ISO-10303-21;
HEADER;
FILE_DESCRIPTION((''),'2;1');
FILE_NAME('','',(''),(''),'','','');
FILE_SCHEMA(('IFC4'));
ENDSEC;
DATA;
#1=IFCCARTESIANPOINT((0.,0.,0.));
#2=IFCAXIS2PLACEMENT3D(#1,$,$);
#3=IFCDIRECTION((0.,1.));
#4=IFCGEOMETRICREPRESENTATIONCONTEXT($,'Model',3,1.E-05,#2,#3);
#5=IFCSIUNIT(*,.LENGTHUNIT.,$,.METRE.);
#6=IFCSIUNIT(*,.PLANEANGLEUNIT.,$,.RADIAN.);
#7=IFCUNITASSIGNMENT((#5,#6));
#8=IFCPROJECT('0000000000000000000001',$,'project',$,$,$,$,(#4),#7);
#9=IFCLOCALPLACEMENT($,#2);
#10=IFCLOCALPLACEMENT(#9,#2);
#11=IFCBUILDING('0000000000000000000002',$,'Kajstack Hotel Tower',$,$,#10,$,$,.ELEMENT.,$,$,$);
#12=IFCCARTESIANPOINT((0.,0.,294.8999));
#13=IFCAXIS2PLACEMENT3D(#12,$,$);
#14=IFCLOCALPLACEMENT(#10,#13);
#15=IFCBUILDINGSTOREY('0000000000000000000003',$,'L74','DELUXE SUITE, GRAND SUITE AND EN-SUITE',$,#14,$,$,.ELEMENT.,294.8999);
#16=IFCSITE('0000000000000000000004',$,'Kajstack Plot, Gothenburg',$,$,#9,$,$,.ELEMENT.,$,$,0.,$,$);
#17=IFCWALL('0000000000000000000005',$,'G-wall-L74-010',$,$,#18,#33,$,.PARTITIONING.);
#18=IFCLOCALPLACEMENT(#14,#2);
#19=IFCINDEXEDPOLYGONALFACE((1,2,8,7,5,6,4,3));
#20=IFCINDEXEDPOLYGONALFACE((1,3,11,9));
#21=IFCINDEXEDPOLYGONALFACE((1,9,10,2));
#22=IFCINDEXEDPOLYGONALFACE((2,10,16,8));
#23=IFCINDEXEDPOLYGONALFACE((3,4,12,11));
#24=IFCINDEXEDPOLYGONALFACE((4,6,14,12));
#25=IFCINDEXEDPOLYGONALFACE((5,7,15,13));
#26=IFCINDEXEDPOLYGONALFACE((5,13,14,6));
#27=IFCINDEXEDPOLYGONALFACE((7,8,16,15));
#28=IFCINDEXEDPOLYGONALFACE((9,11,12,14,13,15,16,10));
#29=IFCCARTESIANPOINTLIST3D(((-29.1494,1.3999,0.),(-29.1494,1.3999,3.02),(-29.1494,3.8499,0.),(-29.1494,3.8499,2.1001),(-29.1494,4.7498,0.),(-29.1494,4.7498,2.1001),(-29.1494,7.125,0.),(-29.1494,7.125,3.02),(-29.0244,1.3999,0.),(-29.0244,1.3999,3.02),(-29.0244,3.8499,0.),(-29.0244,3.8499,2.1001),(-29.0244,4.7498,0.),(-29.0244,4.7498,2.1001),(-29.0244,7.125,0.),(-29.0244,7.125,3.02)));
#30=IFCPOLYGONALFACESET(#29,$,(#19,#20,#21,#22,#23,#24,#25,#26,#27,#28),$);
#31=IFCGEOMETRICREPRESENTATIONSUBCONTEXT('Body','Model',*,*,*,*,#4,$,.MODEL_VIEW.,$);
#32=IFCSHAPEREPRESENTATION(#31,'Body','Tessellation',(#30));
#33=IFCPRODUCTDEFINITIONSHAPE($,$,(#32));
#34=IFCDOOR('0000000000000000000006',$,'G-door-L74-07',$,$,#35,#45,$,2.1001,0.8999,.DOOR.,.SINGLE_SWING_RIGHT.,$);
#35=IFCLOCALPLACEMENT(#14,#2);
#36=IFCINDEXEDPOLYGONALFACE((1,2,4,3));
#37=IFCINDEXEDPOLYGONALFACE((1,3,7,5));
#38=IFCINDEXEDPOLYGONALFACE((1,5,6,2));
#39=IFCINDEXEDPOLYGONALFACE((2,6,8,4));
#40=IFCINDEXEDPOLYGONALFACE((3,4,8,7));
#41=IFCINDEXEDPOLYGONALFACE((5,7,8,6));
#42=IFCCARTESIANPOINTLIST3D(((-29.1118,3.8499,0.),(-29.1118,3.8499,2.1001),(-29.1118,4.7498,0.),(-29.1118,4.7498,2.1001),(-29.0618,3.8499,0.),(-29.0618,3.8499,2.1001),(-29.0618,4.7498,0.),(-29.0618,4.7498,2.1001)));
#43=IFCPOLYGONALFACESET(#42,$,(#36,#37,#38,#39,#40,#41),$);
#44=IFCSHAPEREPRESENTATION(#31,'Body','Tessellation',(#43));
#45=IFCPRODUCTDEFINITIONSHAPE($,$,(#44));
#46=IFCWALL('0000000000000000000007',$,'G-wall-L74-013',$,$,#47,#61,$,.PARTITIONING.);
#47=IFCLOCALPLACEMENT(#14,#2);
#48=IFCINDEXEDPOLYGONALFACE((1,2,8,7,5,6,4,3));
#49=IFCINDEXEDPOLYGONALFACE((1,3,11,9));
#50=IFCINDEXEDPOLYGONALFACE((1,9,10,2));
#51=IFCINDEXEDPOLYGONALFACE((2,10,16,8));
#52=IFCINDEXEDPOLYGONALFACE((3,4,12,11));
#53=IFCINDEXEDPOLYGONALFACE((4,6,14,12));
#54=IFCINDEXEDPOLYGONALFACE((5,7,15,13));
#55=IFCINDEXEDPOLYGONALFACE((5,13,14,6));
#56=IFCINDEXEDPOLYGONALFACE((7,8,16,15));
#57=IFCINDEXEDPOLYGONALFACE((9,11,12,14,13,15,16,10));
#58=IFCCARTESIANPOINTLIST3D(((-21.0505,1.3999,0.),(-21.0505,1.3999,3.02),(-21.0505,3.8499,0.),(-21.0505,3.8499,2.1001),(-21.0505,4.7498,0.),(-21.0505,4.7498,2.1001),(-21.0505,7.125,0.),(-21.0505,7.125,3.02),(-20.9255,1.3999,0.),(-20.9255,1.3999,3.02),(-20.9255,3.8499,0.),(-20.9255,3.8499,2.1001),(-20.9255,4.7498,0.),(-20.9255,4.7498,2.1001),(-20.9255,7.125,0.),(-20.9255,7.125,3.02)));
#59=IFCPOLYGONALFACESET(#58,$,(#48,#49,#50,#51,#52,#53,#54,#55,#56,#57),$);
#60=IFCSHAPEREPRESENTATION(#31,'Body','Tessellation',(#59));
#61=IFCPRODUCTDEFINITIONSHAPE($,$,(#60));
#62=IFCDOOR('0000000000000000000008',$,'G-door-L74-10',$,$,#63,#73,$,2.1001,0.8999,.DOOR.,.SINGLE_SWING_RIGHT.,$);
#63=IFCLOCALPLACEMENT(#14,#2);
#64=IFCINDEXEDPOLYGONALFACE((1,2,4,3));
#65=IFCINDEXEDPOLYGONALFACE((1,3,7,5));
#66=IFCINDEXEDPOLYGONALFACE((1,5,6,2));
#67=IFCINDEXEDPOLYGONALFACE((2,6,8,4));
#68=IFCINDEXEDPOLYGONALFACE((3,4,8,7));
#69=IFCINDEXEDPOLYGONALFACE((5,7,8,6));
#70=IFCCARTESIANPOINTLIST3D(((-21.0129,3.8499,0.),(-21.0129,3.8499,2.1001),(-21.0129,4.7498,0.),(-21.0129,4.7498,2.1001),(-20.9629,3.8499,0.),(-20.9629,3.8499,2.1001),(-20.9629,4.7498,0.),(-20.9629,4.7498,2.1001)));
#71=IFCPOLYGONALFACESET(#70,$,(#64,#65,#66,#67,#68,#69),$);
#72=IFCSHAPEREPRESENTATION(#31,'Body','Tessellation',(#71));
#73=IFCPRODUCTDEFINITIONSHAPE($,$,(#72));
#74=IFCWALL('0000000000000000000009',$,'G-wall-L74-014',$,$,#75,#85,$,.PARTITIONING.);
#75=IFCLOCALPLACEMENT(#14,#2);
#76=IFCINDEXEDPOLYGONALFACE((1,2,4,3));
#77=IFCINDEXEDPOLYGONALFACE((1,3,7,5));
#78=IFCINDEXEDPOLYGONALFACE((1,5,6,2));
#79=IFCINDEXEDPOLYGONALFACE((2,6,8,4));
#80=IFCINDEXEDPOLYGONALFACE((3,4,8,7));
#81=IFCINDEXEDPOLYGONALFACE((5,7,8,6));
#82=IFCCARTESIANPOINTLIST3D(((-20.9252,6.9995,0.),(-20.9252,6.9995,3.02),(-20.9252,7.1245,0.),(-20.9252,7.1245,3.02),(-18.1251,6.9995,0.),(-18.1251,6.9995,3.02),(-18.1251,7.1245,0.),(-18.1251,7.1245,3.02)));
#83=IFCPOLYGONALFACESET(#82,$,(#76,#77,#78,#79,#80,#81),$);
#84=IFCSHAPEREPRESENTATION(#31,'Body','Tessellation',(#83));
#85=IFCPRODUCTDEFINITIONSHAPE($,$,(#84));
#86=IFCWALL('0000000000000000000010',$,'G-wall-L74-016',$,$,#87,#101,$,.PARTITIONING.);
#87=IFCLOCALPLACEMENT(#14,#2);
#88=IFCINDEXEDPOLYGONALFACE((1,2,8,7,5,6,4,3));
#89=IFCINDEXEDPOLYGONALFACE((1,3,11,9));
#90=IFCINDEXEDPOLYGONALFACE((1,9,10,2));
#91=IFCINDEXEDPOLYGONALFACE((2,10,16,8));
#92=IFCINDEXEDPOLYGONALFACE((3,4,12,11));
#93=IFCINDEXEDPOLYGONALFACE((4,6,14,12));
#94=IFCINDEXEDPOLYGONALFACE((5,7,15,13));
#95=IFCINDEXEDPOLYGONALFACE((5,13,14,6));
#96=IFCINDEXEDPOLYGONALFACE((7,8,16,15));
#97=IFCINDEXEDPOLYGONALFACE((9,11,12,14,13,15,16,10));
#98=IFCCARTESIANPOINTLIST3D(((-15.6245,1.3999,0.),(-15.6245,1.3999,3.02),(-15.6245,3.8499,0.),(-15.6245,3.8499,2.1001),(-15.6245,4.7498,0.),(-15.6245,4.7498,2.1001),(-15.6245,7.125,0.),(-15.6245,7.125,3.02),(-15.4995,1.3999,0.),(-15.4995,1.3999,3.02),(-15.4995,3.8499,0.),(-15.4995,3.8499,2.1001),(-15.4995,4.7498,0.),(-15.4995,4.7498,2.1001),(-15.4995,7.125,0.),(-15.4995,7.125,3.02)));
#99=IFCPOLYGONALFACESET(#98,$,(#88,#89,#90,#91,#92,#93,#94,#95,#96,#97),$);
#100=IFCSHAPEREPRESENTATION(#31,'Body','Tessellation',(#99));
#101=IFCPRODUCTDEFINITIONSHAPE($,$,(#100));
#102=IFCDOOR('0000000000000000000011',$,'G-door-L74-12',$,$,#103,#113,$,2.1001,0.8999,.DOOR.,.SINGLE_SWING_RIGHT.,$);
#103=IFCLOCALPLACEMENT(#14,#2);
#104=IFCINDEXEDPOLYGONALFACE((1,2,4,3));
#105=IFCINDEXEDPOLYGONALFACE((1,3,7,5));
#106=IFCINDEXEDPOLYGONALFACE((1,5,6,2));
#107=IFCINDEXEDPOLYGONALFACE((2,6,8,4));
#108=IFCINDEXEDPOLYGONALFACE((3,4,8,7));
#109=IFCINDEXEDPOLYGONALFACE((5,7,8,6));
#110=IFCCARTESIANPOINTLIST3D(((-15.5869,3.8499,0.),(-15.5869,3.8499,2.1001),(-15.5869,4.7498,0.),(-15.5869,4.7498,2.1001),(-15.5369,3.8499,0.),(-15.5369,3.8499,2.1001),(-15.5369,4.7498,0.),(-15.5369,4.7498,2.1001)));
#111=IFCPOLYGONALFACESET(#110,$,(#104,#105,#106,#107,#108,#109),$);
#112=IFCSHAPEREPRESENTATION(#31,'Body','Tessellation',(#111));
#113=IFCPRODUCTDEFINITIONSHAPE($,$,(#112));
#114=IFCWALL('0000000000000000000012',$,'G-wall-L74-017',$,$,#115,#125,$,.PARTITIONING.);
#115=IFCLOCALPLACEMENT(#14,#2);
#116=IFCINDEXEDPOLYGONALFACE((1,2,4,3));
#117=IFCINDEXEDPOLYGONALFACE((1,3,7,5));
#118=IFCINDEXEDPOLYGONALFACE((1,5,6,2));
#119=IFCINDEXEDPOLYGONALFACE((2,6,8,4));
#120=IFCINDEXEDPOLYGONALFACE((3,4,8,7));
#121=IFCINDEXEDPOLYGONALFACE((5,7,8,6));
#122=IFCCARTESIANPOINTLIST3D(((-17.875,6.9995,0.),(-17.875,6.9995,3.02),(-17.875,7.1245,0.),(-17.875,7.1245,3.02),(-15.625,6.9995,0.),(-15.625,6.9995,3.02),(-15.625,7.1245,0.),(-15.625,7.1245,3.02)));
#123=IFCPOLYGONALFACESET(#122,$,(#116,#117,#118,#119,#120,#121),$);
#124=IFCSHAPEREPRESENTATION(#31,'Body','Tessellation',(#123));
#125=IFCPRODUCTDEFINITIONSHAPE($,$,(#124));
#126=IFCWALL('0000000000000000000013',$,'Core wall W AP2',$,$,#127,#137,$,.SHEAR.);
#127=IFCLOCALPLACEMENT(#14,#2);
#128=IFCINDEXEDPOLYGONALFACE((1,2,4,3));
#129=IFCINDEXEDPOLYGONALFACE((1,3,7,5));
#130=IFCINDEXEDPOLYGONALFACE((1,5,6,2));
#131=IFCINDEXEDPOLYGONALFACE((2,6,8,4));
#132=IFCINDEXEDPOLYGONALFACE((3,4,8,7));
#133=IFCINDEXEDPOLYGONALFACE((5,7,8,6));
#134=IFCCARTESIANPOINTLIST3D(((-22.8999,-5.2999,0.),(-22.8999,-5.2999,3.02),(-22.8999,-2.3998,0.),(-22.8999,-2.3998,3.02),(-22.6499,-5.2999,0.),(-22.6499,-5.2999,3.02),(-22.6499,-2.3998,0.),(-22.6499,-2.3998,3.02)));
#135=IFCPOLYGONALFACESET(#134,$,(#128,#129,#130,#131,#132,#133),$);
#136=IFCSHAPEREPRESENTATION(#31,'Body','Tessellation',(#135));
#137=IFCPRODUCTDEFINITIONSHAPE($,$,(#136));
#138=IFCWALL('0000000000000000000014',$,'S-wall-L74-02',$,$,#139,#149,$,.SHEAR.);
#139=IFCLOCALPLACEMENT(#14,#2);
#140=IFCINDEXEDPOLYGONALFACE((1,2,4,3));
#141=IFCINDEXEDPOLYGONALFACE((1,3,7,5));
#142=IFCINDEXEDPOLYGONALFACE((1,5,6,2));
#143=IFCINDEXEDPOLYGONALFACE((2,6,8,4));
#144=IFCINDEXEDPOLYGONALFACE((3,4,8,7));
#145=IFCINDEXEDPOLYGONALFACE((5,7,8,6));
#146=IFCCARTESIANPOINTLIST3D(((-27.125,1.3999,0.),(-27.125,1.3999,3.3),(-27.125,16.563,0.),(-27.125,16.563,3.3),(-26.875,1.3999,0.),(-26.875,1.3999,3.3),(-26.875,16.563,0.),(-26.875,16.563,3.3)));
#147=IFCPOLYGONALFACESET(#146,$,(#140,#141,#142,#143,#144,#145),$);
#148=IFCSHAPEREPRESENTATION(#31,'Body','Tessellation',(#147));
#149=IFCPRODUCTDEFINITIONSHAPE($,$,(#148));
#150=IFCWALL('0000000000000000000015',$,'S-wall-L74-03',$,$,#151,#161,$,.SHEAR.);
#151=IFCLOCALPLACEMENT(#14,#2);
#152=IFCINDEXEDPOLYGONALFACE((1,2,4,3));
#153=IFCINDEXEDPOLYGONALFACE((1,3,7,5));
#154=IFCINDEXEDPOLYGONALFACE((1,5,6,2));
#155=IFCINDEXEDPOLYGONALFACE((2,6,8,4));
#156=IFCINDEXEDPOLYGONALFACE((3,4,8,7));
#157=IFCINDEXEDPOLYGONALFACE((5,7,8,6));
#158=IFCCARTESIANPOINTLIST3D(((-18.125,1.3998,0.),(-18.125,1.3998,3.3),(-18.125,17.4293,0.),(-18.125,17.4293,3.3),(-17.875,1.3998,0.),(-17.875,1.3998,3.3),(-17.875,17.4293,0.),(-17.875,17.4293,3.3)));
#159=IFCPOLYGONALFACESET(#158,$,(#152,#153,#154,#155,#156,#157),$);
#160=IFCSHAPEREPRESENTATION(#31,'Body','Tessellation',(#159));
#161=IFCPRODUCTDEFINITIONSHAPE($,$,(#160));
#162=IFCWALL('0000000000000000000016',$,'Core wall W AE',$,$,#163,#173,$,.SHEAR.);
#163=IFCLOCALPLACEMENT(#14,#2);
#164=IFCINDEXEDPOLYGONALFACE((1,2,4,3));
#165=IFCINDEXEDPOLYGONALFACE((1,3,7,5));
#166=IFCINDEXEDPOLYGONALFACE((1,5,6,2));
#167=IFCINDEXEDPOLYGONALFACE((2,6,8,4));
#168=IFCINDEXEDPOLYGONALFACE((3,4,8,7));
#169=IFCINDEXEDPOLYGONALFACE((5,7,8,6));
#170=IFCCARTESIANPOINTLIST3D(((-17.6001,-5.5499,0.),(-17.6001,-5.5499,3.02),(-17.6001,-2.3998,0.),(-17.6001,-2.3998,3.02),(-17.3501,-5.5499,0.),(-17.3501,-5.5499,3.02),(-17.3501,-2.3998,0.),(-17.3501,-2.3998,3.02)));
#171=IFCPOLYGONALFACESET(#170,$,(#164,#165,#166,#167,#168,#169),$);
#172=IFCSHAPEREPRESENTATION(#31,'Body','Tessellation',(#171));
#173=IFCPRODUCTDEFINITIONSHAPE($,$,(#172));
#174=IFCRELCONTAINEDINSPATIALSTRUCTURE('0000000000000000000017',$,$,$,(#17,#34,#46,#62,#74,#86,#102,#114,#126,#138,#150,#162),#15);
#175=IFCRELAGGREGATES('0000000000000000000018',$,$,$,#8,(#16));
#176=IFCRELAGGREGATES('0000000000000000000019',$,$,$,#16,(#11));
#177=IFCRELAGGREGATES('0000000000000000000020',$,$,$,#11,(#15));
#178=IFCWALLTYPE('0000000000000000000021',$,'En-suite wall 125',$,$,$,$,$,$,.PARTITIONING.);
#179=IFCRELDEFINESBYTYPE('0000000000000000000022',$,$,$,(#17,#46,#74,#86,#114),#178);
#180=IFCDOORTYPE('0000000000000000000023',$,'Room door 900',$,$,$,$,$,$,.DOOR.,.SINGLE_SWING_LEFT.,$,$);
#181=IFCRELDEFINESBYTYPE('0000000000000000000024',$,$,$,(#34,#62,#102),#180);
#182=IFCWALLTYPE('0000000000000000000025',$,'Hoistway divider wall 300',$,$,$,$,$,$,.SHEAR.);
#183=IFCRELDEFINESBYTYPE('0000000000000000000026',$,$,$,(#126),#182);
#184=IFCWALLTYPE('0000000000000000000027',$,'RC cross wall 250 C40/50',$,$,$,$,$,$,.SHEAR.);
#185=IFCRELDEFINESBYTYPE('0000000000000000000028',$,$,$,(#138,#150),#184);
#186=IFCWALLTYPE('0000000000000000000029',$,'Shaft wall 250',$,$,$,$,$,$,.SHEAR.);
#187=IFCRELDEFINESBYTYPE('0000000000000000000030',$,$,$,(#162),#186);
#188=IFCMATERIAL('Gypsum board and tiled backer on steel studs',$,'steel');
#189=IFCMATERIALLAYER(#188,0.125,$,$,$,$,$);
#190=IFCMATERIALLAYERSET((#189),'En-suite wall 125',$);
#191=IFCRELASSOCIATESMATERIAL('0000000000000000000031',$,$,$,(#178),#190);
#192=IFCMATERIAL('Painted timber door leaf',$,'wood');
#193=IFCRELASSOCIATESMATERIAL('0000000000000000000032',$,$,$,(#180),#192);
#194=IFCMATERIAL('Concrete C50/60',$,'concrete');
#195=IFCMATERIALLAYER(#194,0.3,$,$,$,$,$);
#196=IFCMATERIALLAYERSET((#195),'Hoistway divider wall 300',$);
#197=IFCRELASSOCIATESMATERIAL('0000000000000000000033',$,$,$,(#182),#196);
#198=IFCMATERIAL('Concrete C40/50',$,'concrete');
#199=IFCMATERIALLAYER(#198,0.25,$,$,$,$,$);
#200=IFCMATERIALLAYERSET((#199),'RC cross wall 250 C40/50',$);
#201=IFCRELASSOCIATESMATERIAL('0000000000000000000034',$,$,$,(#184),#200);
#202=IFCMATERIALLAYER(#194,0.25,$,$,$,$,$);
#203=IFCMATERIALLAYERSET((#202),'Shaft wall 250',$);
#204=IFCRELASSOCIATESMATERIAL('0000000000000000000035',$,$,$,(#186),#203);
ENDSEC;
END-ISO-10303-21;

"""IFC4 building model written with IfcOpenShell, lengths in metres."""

from ifc_helpers import new_model, si_unit, direction, frame, frame_2d, origin, place, context, subcontext, project, spatial, rectangle, extrude, material, layer, layer_set, type_object, element, fill, save


model = new_model("IFC4")

# Units and contexts
model_context = context("Model", 3, precision=1e-05, world=origin(), true_north=direction((0.0, 1.0)))
body_context = subcontext(model_context, "Body", "Model", "MODEL_VIEW")
ifc_project = project(units=[si_unit("LENGTHUNIT", "METRE"), si_unit("PLANEANGLEUNIT", "RADIAN")], contexts=[model_context])

# Site, building, storey
site_placement = place(None, origin())
site = spatial("IfcSite", under=ifc_project, at=site_placement, Name="Kajstack Plot, Gothenburg", CompositionType="ELEMENT", RefElevation=0.0)
building_placement = place(site_placement, origin())
building = spatial("IfcBuilding", under=site, at=building_placement, Name="Kajstack Hotel Tower", CompositionType="ELEMENT")
storey_placement = place(building_placement, frame((0.0, 0.0, 294.8999)))
storey = spatial("IfcBuildingStorey", under=building, at=storey_placement, Name="L74", Description="DELUXE SUITE, GRAND SUITE AND EN-SUITE", CompositionType="ELEMENT", Elevation=294.8999)

# Walls, openings, doors
ifc_material_1 = material(Name="Gypsum board and tiled backer on steel studs", Category="steel")
ifc_layer_1 = layer(ifc_material_1, 0.125)
ifc_layer_set_1 = layer_set([ifc_layer_1], Name="En-suite wall 125")
wall_type_1 = type_object("IfcWallType", Name="En-suite wall 125", PredefinedType="PARTITIONING", material=ifc_layer_set_1)
wall_1_placement = place(storey_placement, frame((-29.0869, 1.3999, 0.0), z_axis=(0.0, 0.0, 1.0), x_axis=(0.0, 1.0, 0.0)))
wall_1 = element("IfcWall", 1, at=wall_1_placement, inside=storey, type_object=wall_type_1, Name="G-wall-L74-010", PredefinedType="PARTITIONING", context=body_context, shape_type="SweptSolid", body=[
    extrude(rectangle(XDim=5.7251, YDim=0.125, at=frame_2d((2.8625, 0.0))), origin(), (0.0, 0.0, 1.0), 3.02),
])
opening_1_placement = place(wall_1_placement, frame((2.45, 0.0, 0.0)))
opening_1 = element("IfcOpeningElement", 2, at=opening_1_placement, cuts=wall_1, PredefinedType="OPENING", context=body_context, shape_type="SweptSolid", body=[
    extrude(rectangle(XDim=0.8999, YDim=2.1001, at=frame_2d((0.45, 1.05))), frame((0.0, 0.0725, 0.0), z_axis=(0.0, -1.0, 0.0), x_axis=(1.0, 0.0, 0.0)), (0.0, 0.0, 1.0), 0.145),
])
ifc_material_2 = material(Name="Painted timber door leaf", Category="wood")
door_type = type_object("IfcDoorType", Name="Room door 900", OperationType="SINGLE_SWING_LEFT", PredefinedType="DOOR", material=ifc_material_2)
door_1_placement = place(opening_1_placement, origin())
door_1 = element("IfcDoor", 3, at=door_1_placement, inside=storey, type_object=door_type, Name="G-door-L74-07", OperationType="SINGLE_SWING_RIGHT", OverallHeight=2.1001, OverallWidth=0.8999, PredefinedType="DOOR", context=body_context, shape_type="SweptSolid", body=[
    extrude(rectangle(XDim=0.8999, YDim=2.1001, at=frame_2d((0.45, 1.05))), frame((0.0, 0.0249, 0.0), z_axis=(0.0, -1.0, 0.0), x_axis=(1.0, 0.0, 0.0)), (0.0, 0.0, 1.0), 0.05),
])
fill(opening_1, door_1)
wall_2_placement = place(storey_placement, frame((-20.988, 1.3999, 0.0), z_axis=(0.0, 0.0, 1.0), x_axis=(0.0, 1.0, 0.0)))
wall_2 = element("IfcWall", 4, at=wall_2_placement, inside=storey, type_object=wall_type_1, Name="G-wall-L74-013", PredefinedType="PARTITIONING", context=body_context, shape_type="SweptSolid", body=[
    extrude(rectangle(XDim=5.7251, YDim=0.125, at=frame_2d((2.8625, 0.0))), origin(), (0.0, 0.0, 1.0), 3.02),
])
opening_2_placement = place(wall_2_placement, frame((2.45, 0.0, 0.0)))
opening_2 = element("IfcOpeningElement", 5, at=opening_2_placement, cuts=wall_2, PredefinedType="OPENING", context=body_context, shape_type="SweptSolid", body=[
    extrude(rectangle(XDim=0.8999, YDim=2.1001, at=frame_2d((0.45, 1.05))), frame((0.0, 0.0725, 0.0), z_axis=(0.0, -1.0, 0.0), x_axis=(1.0, 0.0, 0.0)), (0.0, 0.0, 1.0), 0.145),
])
door_2_placement = place(opening_2_placement, origin())
door_2 = element("IfcDoor", 6, at=door_2_placement, inside=storey, type_object=door_type, Name="G-door-L74-10", OperationType="SINGLE_SWING_RIGHT", OverallHeight=2.1001, OverallWidth=0.8999, PredefinedType="DOOR", context=body_context, shape_type="SweptSolid", body=[
    extrude(rectangle(XDim=0.8999, YDim=2.1001, at=frame_2d((0.45, 1.05))), frame((0.0, 0.0249, 0.0), z_axis=(0.0, -1.0, 0.0), x_axis=(1.0, 0.0, 0.0)), (0.0, 0.0, 1.0), 0.05),
])
fill(opening_2, door_2)

# Wall
wall_3_placement = place(storey_placement, frame((-20.925, 7.062, 0.0), z_axis=(0.0, 0.0, 1.0), x_axis=(1.0, 0.0, 0.0)))
element("IfcWall", 7, at=wall_3_placement, inside=storey, type_object=wall_type_1, Name="G-wall-L74-014", PredefinedType="PARTITIONING", context=body_context, shape_type="SweptSolid", body=[
    extrude(rectangle(XDim=2.8, YDim=0.125, at=frame_2d((1.3999, 0.0))), origin(), (0.0, 0.0, 1.0), 3.02),
])

# Wall, opening, door
wall_4_placement = place(storey_placement, frame((-15.562, 1.3999, 0.0), z_axis=(0.0, 0.0, 1.0), x_axis=(0.0, 1.0, 0.0)))
wall_4 = element("IfcWall", 8, at=wall_4_placement, inside=storey, type_object=wall_type_1, Name="G-wall-L74-016", PredefinedType="PARTITIONING", context=body_context, shape_type="SweptSolid", body=[
    extrude(rectangle(XDim=5.7251, YDim=0.125, at=frame_2d((2.8625, 0.0))), origin(), (0.0, 0.0, 1.0), 3.02),
])
opening_3_placement = place(wall_4_placement, frame((2.45, 0.0, 0.0)))
opening_3 = element("IfcOpeningElement", 9, at=opening_3_placement, cuts=wall_4, PredefinedType="OPENING", context=body_context, shape_type="SweptSolid", body=[
    extrude(rectangle(XDim=0.8999, YDim=2.1001, at=frame_2d((0.45, 1.05))), frame((0.0, 0.0725, 0.0), z_axis=(0.0, -1.0, 0.0), x_axis=(1.0, 0.0, 0.0)), (0.0, 0.0, 1.0), 0.145),
])
door_3_placement = place(opening_3_placement, origin())
door_3 = element("IfcDoor", 10, at=door_3_placement, inside=storey, type_object=door_type, Name="G-door-L74-12", OperationType="SINGLE_SWING_RIGHT", OverallHeight=2.1001, OverallWidth=0.8999, PredefinedType="DOOR", context=body_context, shape_type="SweptSolid", body=[
    extrude(rectangle(XDim=0.8999, YDim=2.1001, at=frame_2d((0.45, 1.05))), frame((0.0, 0.0249, 0.0), z_axis=(0.0, -1.0, 0.0), x_axis=(1.0, 0.0, 0.0)), (0.0, 0.0, 1.0), 0.05),
])
fill(opening_3, door_3)

# Walls
wall_5_placement = place(storey_placement, frame((-17.875, 7.062, 0.0), z_axis=(0.0, 0.0, 1.0), x_axis=(1.0, 0.0, 0.0)))
element("IfcWall", 11, at=wall_5_placement, inside=storey, type_object=wall_type_1, Name="G-wall-L74-017", PredefinedType="PARTITIONING", context=body_context, shape_type="SweptSolid", body=[
    extrude(rectangle(XDim=2.25, YDim=0.125, at=frame_2d((1.125, 0.0))), origin(), (0.0, 0.0, 1.0), 3.02),
])
ifc_material_3 = material(Name="Concrete C50/60", Category="concrete")
ifc_layer_2 = layer(ifc_material_3, 0.3)
ifc_layer_set_2 = layer_set([ifc_layer_2], Name="Hoistway divider wall 300")
wall_type_2 = type_object("IfcWallType", Name="Hoistway divider wall 300", PredefinedType="SHEAR", material=ifc_layer_set_2)
wall_6_placement = place(storey_placement, frame((-22.7749, -5.3, 0.0), z_axis=(0.0, 0.0, 1.0), x_axis=(0.0, 1.0, 0.0)))
element("IfcWall", 12, at=wall_6_placement, inside=storey, type_object=wall_type_2, Name="Core wall W AP2", PredefinedType="SHEAR", context=body_context, shape_type="SweptSolid", body=[
    extrude(rectangle(XDim=2.9001, YDim=0.25, at=frame_2d((1.4502, 0.0))), origin(), (0.0, 0.0, 1.0), 3.02),
])
ifc_material_4 = material(Name="Concrete C40/50", Category="concrete")
ifc_layer_3 = layer(ifc_material_4, 0.25)
ifc_layer_set_3 = layer_set([ifc_layer_3], Name="RC cross wall 250 C40/50")
wall_type_3 = type_object("IfcWallType", Name="RC cross wall 250 C40/50", PredefinedType="SHEAR", material=ifc_layer_set_3)
wall_7_placement = place(storey_placement, frame((-27.0, 1.3999, 0.0), z_axis=(0.0, 0.0, 1.0), x_axis=(0.0, 1.0, 0.0)))
element("IfcWall", 13, at=wall_7_placement, inside=storey, type_object=wall_type_3, Name="S-wall-L74-02", PredefinedType="SHEAR", context=body_context, shape_type="SweptSolid", body=[
    extrude(rectangle(XDim=15.1631, YDim=0.25, at=frame_2d((7.5815, 0.0))), origin(), (0.0, 0.0, 1.0), 3.3),
])
wall_8_placement = place(storey_placement, frame((-18.0, 1.3999, 0.0), z_axis=(0.0, 0.0, 1.0), x_axis=(0.0, 1.0, 0.0)))
element("IfcWall", 14, at=wall_8_placement, inside=storey, type_object=wall_type_3, Name="S-wall-L74-03", PredefinedType="SHEAR", context=body_context, shape_type="SweptSolid", body=[
    extrude(rectangle(XDim=16.0295, YDim=0.25, at=frame_2d((8.0146, 0.0))), origin(), (0.0, 0.0, 1.0), 3.3),
])
ifc_layer_4 = layer(ifc_material_3, 0.25)
ifc_layer_set_4 = layer_set([ifc_layer_4], Name="Shaft wall 250")
wall_type_4 = type_object("IfcWallType", Name="Shaft wall 250", PredefinedType="SHEAR", material=ifc_layer_set_4)
wall_9_placement = place(storey_placement, frame((-17.4751, -5.55, 0.0), z_axis=(0.0, 0.0, 1.0), x_axis=(0.0, 1.0, 0.0)))
element("IfcWall", 15, at=wall_9_placement, inside=storey, type_object=wall_type_4, Name="Core wall W AE", PredefinedType="SHEAR", context=body_context, shape_type="SweptSolid", body=[
    extrude(rectangle(XDim=3.1501, YDim=0.25, at=frame_2d((1.5752, 0.0))), origin(), (0.0, 0.0, 1.0), 3.02),
])

save(model, "model.ifc")
